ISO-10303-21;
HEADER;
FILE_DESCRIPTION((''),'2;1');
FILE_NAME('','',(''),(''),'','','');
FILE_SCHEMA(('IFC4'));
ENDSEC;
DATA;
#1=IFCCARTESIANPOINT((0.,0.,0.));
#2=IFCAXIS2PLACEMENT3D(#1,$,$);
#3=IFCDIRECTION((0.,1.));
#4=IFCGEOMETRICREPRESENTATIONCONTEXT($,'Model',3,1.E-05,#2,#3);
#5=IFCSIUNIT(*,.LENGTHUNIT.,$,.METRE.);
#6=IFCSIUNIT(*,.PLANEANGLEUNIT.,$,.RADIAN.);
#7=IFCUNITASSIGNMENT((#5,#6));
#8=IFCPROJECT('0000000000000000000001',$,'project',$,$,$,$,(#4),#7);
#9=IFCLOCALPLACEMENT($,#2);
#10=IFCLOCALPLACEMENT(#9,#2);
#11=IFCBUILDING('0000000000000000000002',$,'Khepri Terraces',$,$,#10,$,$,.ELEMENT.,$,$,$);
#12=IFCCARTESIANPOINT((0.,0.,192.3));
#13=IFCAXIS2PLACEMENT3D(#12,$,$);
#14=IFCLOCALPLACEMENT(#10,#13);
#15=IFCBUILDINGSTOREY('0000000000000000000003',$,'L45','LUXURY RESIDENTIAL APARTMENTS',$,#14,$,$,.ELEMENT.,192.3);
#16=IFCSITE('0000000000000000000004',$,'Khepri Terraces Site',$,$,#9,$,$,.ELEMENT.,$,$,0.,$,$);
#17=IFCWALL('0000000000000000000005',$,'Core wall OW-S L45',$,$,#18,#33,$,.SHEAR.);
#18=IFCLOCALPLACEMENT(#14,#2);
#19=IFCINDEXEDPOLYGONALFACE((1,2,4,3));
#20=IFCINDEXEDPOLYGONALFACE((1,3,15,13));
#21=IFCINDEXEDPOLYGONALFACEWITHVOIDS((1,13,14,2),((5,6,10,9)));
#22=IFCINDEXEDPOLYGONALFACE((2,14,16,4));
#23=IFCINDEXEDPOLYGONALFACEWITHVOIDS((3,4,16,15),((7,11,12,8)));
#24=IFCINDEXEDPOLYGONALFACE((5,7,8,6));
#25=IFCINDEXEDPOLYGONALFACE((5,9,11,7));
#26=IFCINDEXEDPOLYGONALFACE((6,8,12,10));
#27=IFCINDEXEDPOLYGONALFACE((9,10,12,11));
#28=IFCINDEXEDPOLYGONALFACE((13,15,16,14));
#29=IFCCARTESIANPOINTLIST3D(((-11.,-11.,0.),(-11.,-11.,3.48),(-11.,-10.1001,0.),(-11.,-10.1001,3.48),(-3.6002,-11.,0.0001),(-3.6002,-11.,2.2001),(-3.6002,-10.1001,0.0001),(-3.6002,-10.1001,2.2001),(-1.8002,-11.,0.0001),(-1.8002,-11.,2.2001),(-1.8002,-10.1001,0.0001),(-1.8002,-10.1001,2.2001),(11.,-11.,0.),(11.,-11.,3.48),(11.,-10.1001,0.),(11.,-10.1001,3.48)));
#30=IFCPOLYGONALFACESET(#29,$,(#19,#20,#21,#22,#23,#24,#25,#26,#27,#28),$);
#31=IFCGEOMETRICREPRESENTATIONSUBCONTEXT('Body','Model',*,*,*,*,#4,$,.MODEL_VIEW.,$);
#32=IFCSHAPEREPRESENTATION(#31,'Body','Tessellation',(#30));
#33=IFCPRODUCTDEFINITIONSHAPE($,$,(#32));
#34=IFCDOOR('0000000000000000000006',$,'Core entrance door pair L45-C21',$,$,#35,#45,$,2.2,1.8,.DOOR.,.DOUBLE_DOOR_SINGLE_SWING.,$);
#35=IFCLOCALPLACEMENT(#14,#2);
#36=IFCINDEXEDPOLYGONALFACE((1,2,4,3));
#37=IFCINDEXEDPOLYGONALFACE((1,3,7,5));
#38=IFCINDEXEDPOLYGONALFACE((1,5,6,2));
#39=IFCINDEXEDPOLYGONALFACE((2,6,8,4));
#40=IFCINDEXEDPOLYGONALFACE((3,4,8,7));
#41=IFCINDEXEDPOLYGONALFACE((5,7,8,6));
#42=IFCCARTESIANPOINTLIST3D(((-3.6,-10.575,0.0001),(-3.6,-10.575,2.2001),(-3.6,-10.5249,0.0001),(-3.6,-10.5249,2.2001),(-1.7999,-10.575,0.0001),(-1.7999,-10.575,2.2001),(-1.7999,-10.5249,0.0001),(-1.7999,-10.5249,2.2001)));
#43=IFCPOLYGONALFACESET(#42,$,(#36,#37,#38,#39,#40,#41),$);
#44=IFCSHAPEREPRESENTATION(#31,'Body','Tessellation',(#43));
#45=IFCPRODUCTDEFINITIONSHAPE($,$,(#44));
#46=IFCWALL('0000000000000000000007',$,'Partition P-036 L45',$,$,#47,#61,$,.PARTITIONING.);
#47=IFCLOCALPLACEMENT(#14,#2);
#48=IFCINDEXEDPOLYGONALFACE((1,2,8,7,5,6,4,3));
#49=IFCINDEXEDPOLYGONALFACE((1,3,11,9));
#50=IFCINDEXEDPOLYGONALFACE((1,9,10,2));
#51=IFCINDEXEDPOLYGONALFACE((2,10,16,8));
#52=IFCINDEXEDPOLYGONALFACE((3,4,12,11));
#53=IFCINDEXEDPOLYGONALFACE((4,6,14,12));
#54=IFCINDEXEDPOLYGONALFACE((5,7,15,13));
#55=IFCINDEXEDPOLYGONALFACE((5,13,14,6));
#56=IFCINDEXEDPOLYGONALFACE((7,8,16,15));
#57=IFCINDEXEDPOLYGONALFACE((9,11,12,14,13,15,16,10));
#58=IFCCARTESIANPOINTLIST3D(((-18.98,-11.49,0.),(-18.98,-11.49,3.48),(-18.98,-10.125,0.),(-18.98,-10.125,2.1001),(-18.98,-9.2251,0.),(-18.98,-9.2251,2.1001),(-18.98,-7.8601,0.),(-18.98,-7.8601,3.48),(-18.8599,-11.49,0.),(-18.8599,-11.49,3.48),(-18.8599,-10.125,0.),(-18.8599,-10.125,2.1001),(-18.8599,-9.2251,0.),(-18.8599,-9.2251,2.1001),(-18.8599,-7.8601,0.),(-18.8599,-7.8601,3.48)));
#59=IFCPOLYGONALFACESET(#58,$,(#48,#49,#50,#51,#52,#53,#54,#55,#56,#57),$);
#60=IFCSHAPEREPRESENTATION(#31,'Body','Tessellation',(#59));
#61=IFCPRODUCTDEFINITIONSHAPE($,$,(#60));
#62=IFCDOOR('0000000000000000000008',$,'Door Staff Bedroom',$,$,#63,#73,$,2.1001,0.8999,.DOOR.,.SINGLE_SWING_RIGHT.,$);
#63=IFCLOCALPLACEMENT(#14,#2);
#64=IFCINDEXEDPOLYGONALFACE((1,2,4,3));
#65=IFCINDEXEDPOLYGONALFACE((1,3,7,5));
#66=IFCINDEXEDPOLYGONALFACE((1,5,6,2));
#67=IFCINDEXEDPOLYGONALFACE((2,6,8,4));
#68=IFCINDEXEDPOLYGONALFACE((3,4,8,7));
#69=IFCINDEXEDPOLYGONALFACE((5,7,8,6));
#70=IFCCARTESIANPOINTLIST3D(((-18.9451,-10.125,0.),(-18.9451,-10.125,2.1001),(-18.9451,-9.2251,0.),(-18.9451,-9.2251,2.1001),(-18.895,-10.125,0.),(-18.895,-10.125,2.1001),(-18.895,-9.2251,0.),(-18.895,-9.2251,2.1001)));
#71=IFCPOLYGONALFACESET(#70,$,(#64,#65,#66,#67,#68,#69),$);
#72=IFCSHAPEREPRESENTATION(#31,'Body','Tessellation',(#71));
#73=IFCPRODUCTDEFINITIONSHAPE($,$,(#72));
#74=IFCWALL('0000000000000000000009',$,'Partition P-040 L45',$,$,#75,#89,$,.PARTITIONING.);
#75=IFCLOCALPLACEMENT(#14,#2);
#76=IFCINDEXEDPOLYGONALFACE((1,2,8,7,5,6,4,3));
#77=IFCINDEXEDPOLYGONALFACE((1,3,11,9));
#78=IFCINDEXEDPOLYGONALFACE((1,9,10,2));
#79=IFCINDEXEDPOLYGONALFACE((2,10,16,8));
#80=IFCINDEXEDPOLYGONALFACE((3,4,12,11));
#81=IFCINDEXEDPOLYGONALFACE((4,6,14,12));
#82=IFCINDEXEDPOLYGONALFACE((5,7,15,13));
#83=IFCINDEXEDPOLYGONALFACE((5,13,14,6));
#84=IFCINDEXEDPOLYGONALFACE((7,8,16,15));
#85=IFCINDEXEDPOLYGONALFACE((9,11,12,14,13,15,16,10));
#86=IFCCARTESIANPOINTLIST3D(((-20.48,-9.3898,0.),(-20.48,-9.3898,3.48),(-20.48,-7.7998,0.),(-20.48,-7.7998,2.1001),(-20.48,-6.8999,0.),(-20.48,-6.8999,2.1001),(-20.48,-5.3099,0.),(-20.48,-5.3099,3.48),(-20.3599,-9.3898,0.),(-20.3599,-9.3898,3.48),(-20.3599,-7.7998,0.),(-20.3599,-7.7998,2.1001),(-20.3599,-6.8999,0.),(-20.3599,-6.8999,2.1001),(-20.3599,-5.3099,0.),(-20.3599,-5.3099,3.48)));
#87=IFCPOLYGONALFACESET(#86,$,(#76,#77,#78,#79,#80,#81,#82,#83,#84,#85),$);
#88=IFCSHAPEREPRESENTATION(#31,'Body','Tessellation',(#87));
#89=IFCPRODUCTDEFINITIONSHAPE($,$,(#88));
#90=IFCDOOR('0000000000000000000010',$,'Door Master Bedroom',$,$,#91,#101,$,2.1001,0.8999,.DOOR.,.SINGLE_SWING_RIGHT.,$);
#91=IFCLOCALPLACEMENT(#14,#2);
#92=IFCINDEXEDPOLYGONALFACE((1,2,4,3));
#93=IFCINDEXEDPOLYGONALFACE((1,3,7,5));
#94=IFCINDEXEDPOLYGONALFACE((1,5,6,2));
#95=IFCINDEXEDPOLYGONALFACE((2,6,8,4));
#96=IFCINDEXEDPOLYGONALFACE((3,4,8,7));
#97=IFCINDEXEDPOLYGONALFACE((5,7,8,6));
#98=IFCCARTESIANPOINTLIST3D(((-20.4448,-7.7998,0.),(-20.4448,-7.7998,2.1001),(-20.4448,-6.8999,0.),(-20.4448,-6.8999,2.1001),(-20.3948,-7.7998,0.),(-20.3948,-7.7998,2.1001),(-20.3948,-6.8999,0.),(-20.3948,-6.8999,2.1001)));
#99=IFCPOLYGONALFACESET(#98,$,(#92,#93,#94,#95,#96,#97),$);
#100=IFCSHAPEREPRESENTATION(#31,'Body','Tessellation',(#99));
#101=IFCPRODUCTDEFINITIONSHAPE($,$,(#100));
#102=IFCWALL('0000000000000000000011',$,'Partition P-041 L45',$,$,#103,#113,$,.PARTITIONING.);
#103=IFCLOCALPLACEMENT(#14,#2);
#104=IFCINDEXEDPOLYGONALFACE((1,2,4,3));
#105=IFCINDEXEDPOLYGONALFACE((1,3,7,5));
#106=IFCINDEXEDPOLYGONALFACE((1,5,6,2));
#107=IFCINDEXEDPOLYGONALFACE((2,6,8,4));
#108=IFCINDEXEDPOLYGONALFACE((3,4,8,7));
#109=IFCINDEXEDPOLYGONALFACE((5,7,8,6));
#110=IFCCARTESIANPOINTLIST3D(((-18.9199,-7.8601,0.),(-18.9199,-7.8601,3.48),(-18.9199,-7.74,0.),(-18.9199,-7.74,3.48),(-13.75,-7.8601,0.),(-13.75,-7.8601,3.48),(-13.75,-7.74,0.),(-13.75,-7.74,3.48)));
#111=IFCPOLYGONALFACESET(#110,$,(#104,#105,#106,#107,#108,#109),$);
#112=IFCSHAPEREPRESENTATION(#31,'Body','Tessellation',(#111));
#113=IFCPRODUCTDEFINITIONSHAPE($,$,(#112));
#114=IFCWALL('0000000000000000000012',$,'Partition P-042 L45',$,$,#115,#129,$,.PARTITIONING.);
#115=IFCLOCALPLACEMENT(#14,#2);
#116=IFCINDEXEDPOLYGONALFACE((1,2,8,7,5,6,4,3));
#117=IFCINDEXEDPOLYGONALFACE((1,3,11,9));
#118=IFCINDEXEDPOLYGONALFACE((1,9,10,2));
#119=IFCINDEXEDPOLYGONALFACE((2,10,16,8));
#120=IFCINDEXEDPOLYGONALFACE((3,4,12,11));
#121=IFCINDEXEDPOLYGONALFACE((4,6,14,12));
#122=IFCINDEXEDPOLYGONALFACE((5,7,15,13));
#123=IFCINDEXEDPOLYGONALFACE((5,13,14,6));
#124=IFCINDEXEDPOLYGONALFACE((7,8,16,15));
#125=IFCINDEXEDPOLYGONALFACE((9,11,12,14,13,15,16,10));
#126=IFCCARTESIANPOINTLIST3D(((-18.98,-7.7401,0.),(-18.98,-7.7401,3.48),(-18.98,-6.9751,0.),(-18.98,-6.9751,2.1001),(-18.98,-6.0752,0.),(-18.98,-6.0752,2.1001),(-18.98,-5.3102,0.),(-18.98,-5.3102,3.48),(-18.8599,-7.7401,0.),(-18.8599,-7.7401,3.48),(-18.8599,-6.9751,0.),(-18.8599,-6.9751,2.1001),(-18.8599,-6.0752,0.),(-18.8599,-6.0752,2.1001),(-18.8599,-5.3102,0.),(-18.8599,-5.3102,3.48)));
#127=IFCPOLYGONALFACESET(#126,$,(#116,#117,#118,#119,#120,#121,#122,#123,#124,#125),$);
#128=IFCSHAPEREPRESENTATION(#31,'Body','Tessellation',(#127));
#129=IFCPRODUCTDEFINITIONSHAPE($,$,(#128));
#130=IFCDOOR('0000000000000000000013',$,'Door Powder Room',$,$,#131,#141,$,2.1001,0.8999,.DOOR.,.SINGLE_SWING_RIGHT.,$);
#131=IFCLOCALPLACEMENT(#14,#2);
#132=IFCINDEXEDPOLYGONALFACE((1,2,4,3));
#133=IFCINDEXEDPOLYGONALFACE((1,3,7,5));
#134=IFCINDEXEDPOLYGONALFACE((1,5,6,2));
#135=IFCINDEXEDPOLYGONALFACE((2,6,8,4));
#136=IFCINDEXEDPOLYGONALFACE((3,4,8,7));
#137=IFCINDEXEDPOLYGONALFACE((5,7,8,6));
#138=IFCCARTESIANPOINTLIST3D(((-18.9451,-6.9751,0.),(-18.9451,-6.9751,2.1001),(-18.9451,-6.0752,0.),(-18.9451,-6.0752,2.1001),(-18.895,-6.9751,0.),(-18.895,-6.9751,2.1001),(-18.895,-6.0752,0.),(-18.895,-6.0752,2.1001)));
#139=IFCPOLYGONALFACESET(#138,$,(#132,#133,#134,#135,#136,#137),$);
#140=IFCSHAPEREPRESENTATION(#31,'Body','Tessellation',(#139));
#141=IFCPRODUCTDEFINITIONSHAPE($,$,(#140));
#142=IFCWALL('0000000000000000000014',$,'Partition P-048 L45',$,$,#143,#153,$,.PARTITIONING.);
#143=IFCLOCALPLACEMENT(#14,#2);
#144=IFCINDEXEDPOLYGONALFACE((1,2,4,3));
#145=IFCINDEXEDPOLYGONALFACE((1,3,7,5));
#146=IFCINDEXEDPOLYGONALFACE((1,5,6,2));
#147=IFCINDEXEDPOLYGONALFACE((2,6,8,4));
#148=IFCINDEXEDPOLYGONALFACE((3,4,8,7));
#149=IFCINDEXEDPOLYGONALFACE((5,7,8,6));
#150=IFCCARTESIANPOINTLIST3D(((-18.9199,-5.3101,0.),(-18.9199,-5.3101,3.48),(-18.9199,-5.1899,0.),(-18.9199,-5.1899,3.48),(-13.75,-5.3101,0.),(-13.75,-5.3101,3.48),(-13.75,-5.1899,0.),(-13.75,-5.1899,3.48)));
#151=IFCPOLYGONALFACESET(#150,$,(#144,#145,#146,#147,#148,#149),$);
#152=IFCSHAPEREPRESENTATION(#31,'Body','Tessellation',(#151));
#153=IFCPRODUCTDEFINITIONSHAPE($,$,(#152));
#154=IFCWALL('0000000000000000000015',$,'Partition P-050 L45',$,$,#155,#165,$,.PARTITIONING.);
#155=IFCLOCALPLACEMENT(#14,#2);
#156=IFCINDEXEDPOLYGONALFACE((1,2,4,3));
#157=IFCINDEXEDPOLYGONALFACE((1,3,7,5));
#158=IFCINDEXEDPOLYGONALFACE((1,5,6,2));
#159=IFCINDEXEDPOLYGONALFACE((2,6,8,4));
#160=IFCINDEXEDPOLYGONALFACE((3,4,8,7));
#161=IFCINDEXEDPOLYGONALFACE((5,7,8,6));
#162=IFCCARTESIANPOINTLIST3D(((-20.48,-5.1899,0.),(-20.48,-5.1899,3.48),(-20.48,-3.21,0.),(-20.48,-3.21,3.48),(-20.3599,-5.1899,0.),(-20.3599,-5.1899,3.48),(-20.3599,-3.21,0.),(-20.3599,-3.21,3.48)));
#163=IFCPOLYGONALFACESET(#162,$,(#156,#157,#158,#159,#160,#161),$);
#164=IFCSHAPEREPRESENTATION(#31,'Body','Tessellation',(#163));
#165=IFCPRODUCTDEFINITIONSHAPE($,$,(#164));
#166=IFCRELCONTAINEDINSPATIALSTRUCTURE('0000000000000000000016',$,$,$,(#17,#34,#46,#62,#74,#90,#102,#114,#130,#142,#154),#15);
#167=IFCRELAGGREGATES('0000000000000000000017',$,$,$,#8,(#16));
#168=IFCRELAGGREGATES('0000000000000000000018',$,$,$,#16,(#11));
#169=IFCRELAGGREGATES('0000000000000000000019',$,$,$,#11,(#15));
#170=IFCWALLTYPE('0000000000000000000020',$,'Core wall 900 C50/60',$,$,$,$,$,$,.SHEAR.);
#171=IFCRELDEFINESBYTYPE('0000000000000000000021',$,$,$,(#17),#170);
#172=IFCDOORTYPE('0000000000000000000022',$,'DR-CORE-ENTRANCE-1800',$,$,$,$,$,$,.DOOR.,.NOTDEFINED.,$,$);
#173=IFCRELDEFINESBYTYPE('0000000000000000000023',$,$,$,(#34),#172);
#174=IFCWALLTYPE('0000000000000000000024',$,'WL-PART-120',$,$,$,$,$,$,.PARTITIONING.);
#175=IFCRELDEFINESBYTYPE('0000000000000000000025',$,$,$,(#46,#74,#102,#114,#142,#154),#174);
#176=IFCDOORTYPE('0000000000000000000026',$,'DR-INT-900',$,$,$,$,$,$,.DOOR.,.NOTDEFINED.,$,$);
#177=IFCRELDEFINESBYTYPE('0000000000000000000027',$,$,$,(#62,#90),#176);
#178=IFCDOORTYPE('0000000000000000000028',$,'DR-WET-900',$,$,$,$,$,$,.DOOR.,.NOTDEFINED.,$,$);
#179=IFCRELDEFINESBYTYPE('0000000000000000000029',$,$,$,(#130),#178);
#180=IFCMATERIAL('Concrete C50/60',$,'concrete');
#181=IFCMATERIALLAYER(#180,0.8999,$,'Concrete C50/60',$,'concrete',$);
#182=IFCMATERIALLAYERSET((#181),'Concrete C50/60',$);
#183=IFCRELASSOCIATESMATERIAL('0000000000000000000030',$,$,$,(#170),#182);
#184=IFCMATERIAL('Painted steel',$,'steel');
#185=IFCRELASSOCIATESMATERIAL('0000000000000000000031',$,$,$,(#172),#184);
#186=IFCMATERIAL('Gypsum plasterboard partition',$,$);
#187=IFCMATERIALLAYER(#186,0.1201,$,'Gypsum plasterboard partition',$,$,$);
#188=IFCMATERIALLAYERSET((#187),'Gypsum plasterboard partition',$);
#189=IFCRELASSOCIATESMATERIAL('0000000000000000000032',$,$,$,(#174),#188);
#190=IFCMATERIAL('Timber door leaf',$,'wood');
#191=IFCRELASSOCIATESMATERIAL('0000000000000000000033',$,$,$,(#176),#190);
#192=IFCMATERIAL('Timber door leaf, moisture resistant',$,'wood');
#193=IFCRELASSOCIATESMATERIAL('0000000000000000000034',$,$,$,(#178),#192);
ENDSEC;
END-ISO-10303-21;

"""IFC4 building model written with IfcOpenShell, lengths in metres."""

from ifc_helpers import new_model, si_unit, direction, frame, frame_2d, origin, place, context, subcontext, project, spatial, rectangle, extrude, material, layer, layer_set, type_object, element, fill, save


model = new_model("IFC4")

# Units and contexts
model_context = context("Model", 3, precision=1e-05, world=origin(), true_north=direction((0.0, 1.0)))
body_context = subcontext(model_context, "Body", "Model", "MODEL_VIEW")
ifc_project = project(units=[si_unit("LENGTHUNIT", "METRE"), si_unit("PLANEANGLEUNIT", "RADIAN")], contexts=[model_context])

# Site, building, storey
site_placement = place(None, origin())
site = spatial("IfcSite", under=ifc_project, at=site_placement, Name="Khepri Terraces Site", CompositionType="ELEMENT", RefElevation=0.0)
building_placement = place(site_placement, origin())
building = spatial("IfcBuilding", under=site, at=building_placement, Name="Khepri Terraces", CompositionType="ELEMENT")
storey_placement = place(building_placement, frame((0.0, 0.0, 192.3)))
storey = spatial("IfcBuildingStorey", under=building, at=storey_placement, Name="L45", Description="LUXURY RESIDENTIAL APARTMENTS", CompositionType="ELEMENT", Elevation=192.3)

# Walls, openings, doors
ifc_material_1 = material(Name="Concrete C50/60", Category="concrete")
ifc_layer_1 = layer(ifc_material_1, 0.8999, Name="Concrete C50/60", Category="concrete")
ifc_layer_set_1 = layer_set([ifc_layer_1], Name="Concrete C50/60")
wall_type_1 = type_object("IfcWallType", Name="Core wall 900 C50/60", PredefinedType="SHEAR", material=ifc_layer_set_1)
wall_1_placement = place(storey_placement, frame((-11.0, -10.55, 0.0), z_axis=(0.0, 0.0, 1.0), x_axis=(1.0, 0.0, 0.0)))
wall_1 = element("IfcWall", 1, at=wall_1_placement, inside=storey, type_object=wall_type_1, Name="Core wall OW-S L45", PredefinedType="SHEAR", context=body_context, shape_type="SweptSolid", body=[
    extrude(rectangle(XDim=22.0, YDim=0.8999, at=frame_2d((11.0, 0.0))), origin(), (0.0, 0.0, 1.0), 3.48),
])
opening_1_placement = place(wall_1_placement, frame((7.3999, 0.0, 0.0)))
opening_1 = element("IfcOpeningElement", 2, at=opening_1_placement, cuts=wall_1, PredefinedType="OPENING", context=body_context, shape_type="SweptSolid", body=[
    extrude(rectangle(XDim=1.8, YDim=2.2, at=frame_2d((0.8999, 1.1001))), frame((0.0, 0.46, 0.0), z_axis=(0.0, -1.0, 0.0), x_axis=(1.0, 0.0, 0.0)), (0.0, 0.0, 1.0), 0.9199),
])
ifc_material_2 = material(Name="Painted steel", Category="steel")
door_type_1 = type_object("IfcDoorType", Name="DR-CORE-ENTRANCE-1800", OperationType="NOTDEFINED", PredefinedType="DOOR", material=ifc_material_2)
door_1_placement = place(opening_1_placement, frame((1.8, 0.0, 0.0), z_axis=(0.0, 0.0, 1.0), x_axis=(-1.0, 0.0, 0.0)))
door_1 = element("IfcDoor", 3, at=door_1_placement, inside=storey, type_object=door_type_1, Name="Core entrance door pair L45-C21", OperationType="DOUBLE_DOOR_SINGLE_SWING", OverallHeight=2.2, OverallWidth=1.8, PredefinedType="DOOR", context=body_context, shape_type="SweptSolid", body=[
    extrude(rectangle(XDim=1.8, YDim=2.2, at=frame_2d((0.8999, 1.1001))), frame((0.0, 0.0249, 0.0), z_axis=(0.0, -1.0, 0.0), x_axis=(1.0, 0.0, 0.0)), (0.0, 0.0, 1.0), 0.05),
])
fill(opening_1, door_1)
ifc_material_3 = material(Name="Gypsum plasterboard partition")
ifc_layer_2 = layer(ifc_material_3, 0.1201, Name="Gypsum plasterboard partition")
ifc_layer_set_2 = layer_set([ifc_layer_2], Name="Gypsum plasterboard partition")
wall_type_2 = type_object("IfcWallType", Name="WL-PART-120", PredefinedType="PARTITIONING", material=ifc_layer_set_2)
wall_2_placement = place(storey_placement, frame((-18.9199, -11.49, 0.0), z_axis=(0.0, 0.0, 1.0), x_axis=(0.0, 1.0, 0.0)))
wall_2 = element("IfcWall", 4, at=wall_2_placement, inside=storey, type_object=wall_type_2, Name="Partition P-036 L45", PredefinedType="PARTITIONING", context=body_context, shape_type="SweptSolid", body=[
    extrude(rectangle(XDim=3.6299, YDim=0.1201, at=frame_2d((1.8149, 0.0))), origin(), (0.0, 0.0, 1.0), 3.48),
])
opening_2_placement = place(wall_2_placement, frame((1.365, 0.0, 0.0)))
opening_2 = element("IfcOpeningElement", 5, at=opening_2_placement, cuts=wall_2, PredefinedType="OPENING", context=body_context, shape_type="SweptSolid", body=[
    extrude(rectangle(XDim=0.8999, YDim=2.1001, at=frame_2d((0.45, 1.05))), frame((0.0, 0.0701, 0.0), z_axis=(0.0, -1.0, 0.0), x_axis=(1.0, 0.0, 0.0)), (0.0, 0.0, 1.0), 0.1401),
])
ifc_material_4 = material(Name="Timber door leaf", Category="wood")
door_type_2 = type_object("IfcDoorType", Name="DR-INT-900", OperationType="NOTDEFINED", PredefinedType="DOOR", material=ifc_material_4)
door_2_placement = place(opening_2_placement, frame((0.8999, 0.0, 0.0), z_axis=(0.0, 0.0, 1.0), x_axis=(-1.0, 0.0, 0.0)))
door_2 = element("IfcDoor", 6, at=door_2_placement, inside=storey, type_object=door_type_2, Name="Door Staff Bedroom", OperationType="SINGLE_SWING_RIGHT", OverallHeight=2.1001, OverallWidth=0.8999, PredefinedType="DOOR", context=body_context, shape_type="SweptSolid", body=[
    extrude(rectangle(XDim=0.8999, YDim=2.1001, at=frame_2d((0.45, 1.05))), frame((0.0, 0.0249, 0.0), z_axis=(0.0, -1.0, 0.0), x_axis=(1.0, 0.0, 0.0)), (0.0, 0.0, 1.0), 0.05),
])
fill(opening_2, door_2)
wall_3_placement = place(storey_placement, frame((-20.4199, -9.3899, 0.0), z_axis=(0.0, 0.0, 1.0), x_axis=(0.0, 1.0, 0.0)))
wall_3 = element("IfcWall", 7, at=wall_3_placement, inside=storey, type_object=wall_type_2, Name="Partition P-040 L45", PredefinedType="PARTITIONING", context=body_context, shape_type="SweptSolid", body=[
    extrude(rectangle(XDim=4.0798, YDim=0.1201, at=frame_2d((2.04, 0.0))), origin(), (0.0, 0.0, 1.0), 3.48),
])
opening_3_placement = place(wall_3_placement, frame((1.5901, 0.0, 0.0)))
opening_3 = element("IfcOpeningElement", 8, at=opening_3_placement, cuts=wall_3, PredefinedType="OPENING", context=body_context, shape_type="SweptSolid", body=[
    extrude(rectangle(XDim=0.8999, YDim=2.1001, at=frame_2d((0.45, 1.05))), frame((0.0, 0.0701, 0.0), z_axis=(0.0, -1.0, 0.0), x_axis=(1.0, 0.0, 0.0)), (0.0, 0.0, 1.0), 0.1401),
])
door_3_placement = place(opening_3_placement, origin())
door_3 = element("IfcDoor", 9, at=door_3_placement, inside=storey, type_object=door_type_2, Name="Door Master Bedroom", OperationType="SINGLE_SWING_RIGHT", OverallHeight=2.1001, OverallWidth=0.8999, PredefinedType="DOOR", context=body_context, shape_type="SweptSolid", body=[
    extrude(rectangle(XDim=0.8999, YDim=2.1001, at=frame_2d((0.45, 1.05))), frame((0.0, 0.0249, 0.0), z_axis=(0.0, -1.0, 0.0), x_axis=(1.0, 0.0, 0.0)), (0.0, 0.0, 1.0), 0.05),
])
fill(opening_3, door_3)

# Wall
wall_4_placement = place(storey_placement, frame((-18.9199, -7.8, 0.0), z_axis=(0.0, 0.0, 1.0), x_axis=(1.0, 0.0, 0.0)))
element("IfcWall", 10, at=wall_4_placement, inside=storey, type_object=wall_type_2, Name="Partition P-041 L45", PredefinedType="PARTITIONING", context=body_context, shape_type="SweptSolid", body=[
    extrude(rectangle(XDim=5.1699, YDim=0.1201, at=frame_2d((2.585, 0.0))), origin(), (0.0, 0.0, 1.0), 3.48),
])

# Wall, opening, door
wall_5_placement = place(storey_placement, frame((-18.9199, -7.74, 0.0), z_axis=(0.0, 0.0, 1.0), x_axis=(0.0, 1.0, 0.0)))
wall_5 = element("IfcWall", 11, at=wall_5_placement, inside=storey, type_object=wall_type_2, Name="Partition P-042 L45", PredefinedType="PARTITIONING", context=body_context, shape_type="SweptSolid", body=[
    extrude(rectangle(XDim=2.4299, YDim=0.1201, at=frame_2d((1.2148, 0.0))), origin(), (0.0, 0.0, 1.0), 3.48),
])
opening_4_placement = place(wall_5_placement, frame((0.7649, 0.0, 0.0)))
opening_4 = element("IfcOpeningElement", 12, at=opening_4_placement, cuts=wall_5, PredefinedType="OPENING", context=body_context, shape_type="SweptSolid", body=[
    extrude(rectangle(XDim=0.8999, YDim=2.1001, at=frame_2d((0.45, 1.05))), frame((0.0, 0.0701, 0.0), z_axis=(0.0, -1.0, 0.0), x_axis=(1.0, 0.0, 0.0)), (0.0, 0.0, 1.0), 0.1401),
])
ifc_material_5 = material(Name="Timber door leaf, moisture resistant", Category="wood")
door_type_3 = type_object("IfcDoorType", Name="DR-WET-900", OperationType="NOTDEFINED", PredefinedType="DOOR", material=ifc_material_5)
door_4_placement = place(opening_4_placement, frame((0.8999, 0.0, 0.0), z_axis=(0.0, 0.0, 1.0), x_axis=(-1.0, 0.0, 0.0)))
door_4 = element("IfcDoor", 13, at=door_4_placement, inside=storey, type_object=door_type_3, Name="Door Powder Room", OperationType="SINGLE_SWING_RIGHT", OverallHeight=2.1001, OverallWidth=0.8999, PredefinedType="DOOR", context=body_context, shape_type="SweptSolid", body=[
    extrude(rectangle(XDim=0.8999, YDim=2.1001, at=frame_2d((0.45, 1.05))), frame((0.0, 0.0249, 0.0), z_axis=(0.0, -1.0, 0.0), x_axis=(1.0, 0.0, 0.0)), (0.0, 0.0, 1.0), 0.05),
])
fill(opening_4, door_4)

# Walls
wall_6_placement = place(storey_placement, frame((-18.9199, -5.25, 0.0), z_axis=(0.0, 0.0, 1.0), x_axis=(1.0, 0.0, 0.0)))
element("IfcWall", 14, at=wall_6_placement, inside=storey, type_object=wall_type_2, Name="Partition P-048 L45", PredefinedType="PARTITIONING", context=body_context, shape_type="SweptSolid", body=[
    extrude(rectangle(XDim=5.1699, YDim=0.1201, at=frame_2d((2.585, 0.0))), origin(), (0.0, 0.0, 1.0), 3.48),
])
wall_7_placement = place(storey_placement, frame((-20.4199, -5.1899, 0.0), z_axis=(0.0, 0.0, 1.0), x_axis=(0.0, 1.0, 0.0)))
element("IfcWall", 15, at=wall_7_placement, inside=storey, type_object=wall_type_2, Name="Partition P-050 L45", PredefinedType="PARTITIONING", context=body_context, shape_type="SweptSolid", body=[
    extrude(rectangle(XDim=1.98, YDim=0.1201, at=frame_2d((0.99, 0.0))), origin(), (0.0, 0.0, 1.0), 3.48),
])

save(model, "model.ifc")
